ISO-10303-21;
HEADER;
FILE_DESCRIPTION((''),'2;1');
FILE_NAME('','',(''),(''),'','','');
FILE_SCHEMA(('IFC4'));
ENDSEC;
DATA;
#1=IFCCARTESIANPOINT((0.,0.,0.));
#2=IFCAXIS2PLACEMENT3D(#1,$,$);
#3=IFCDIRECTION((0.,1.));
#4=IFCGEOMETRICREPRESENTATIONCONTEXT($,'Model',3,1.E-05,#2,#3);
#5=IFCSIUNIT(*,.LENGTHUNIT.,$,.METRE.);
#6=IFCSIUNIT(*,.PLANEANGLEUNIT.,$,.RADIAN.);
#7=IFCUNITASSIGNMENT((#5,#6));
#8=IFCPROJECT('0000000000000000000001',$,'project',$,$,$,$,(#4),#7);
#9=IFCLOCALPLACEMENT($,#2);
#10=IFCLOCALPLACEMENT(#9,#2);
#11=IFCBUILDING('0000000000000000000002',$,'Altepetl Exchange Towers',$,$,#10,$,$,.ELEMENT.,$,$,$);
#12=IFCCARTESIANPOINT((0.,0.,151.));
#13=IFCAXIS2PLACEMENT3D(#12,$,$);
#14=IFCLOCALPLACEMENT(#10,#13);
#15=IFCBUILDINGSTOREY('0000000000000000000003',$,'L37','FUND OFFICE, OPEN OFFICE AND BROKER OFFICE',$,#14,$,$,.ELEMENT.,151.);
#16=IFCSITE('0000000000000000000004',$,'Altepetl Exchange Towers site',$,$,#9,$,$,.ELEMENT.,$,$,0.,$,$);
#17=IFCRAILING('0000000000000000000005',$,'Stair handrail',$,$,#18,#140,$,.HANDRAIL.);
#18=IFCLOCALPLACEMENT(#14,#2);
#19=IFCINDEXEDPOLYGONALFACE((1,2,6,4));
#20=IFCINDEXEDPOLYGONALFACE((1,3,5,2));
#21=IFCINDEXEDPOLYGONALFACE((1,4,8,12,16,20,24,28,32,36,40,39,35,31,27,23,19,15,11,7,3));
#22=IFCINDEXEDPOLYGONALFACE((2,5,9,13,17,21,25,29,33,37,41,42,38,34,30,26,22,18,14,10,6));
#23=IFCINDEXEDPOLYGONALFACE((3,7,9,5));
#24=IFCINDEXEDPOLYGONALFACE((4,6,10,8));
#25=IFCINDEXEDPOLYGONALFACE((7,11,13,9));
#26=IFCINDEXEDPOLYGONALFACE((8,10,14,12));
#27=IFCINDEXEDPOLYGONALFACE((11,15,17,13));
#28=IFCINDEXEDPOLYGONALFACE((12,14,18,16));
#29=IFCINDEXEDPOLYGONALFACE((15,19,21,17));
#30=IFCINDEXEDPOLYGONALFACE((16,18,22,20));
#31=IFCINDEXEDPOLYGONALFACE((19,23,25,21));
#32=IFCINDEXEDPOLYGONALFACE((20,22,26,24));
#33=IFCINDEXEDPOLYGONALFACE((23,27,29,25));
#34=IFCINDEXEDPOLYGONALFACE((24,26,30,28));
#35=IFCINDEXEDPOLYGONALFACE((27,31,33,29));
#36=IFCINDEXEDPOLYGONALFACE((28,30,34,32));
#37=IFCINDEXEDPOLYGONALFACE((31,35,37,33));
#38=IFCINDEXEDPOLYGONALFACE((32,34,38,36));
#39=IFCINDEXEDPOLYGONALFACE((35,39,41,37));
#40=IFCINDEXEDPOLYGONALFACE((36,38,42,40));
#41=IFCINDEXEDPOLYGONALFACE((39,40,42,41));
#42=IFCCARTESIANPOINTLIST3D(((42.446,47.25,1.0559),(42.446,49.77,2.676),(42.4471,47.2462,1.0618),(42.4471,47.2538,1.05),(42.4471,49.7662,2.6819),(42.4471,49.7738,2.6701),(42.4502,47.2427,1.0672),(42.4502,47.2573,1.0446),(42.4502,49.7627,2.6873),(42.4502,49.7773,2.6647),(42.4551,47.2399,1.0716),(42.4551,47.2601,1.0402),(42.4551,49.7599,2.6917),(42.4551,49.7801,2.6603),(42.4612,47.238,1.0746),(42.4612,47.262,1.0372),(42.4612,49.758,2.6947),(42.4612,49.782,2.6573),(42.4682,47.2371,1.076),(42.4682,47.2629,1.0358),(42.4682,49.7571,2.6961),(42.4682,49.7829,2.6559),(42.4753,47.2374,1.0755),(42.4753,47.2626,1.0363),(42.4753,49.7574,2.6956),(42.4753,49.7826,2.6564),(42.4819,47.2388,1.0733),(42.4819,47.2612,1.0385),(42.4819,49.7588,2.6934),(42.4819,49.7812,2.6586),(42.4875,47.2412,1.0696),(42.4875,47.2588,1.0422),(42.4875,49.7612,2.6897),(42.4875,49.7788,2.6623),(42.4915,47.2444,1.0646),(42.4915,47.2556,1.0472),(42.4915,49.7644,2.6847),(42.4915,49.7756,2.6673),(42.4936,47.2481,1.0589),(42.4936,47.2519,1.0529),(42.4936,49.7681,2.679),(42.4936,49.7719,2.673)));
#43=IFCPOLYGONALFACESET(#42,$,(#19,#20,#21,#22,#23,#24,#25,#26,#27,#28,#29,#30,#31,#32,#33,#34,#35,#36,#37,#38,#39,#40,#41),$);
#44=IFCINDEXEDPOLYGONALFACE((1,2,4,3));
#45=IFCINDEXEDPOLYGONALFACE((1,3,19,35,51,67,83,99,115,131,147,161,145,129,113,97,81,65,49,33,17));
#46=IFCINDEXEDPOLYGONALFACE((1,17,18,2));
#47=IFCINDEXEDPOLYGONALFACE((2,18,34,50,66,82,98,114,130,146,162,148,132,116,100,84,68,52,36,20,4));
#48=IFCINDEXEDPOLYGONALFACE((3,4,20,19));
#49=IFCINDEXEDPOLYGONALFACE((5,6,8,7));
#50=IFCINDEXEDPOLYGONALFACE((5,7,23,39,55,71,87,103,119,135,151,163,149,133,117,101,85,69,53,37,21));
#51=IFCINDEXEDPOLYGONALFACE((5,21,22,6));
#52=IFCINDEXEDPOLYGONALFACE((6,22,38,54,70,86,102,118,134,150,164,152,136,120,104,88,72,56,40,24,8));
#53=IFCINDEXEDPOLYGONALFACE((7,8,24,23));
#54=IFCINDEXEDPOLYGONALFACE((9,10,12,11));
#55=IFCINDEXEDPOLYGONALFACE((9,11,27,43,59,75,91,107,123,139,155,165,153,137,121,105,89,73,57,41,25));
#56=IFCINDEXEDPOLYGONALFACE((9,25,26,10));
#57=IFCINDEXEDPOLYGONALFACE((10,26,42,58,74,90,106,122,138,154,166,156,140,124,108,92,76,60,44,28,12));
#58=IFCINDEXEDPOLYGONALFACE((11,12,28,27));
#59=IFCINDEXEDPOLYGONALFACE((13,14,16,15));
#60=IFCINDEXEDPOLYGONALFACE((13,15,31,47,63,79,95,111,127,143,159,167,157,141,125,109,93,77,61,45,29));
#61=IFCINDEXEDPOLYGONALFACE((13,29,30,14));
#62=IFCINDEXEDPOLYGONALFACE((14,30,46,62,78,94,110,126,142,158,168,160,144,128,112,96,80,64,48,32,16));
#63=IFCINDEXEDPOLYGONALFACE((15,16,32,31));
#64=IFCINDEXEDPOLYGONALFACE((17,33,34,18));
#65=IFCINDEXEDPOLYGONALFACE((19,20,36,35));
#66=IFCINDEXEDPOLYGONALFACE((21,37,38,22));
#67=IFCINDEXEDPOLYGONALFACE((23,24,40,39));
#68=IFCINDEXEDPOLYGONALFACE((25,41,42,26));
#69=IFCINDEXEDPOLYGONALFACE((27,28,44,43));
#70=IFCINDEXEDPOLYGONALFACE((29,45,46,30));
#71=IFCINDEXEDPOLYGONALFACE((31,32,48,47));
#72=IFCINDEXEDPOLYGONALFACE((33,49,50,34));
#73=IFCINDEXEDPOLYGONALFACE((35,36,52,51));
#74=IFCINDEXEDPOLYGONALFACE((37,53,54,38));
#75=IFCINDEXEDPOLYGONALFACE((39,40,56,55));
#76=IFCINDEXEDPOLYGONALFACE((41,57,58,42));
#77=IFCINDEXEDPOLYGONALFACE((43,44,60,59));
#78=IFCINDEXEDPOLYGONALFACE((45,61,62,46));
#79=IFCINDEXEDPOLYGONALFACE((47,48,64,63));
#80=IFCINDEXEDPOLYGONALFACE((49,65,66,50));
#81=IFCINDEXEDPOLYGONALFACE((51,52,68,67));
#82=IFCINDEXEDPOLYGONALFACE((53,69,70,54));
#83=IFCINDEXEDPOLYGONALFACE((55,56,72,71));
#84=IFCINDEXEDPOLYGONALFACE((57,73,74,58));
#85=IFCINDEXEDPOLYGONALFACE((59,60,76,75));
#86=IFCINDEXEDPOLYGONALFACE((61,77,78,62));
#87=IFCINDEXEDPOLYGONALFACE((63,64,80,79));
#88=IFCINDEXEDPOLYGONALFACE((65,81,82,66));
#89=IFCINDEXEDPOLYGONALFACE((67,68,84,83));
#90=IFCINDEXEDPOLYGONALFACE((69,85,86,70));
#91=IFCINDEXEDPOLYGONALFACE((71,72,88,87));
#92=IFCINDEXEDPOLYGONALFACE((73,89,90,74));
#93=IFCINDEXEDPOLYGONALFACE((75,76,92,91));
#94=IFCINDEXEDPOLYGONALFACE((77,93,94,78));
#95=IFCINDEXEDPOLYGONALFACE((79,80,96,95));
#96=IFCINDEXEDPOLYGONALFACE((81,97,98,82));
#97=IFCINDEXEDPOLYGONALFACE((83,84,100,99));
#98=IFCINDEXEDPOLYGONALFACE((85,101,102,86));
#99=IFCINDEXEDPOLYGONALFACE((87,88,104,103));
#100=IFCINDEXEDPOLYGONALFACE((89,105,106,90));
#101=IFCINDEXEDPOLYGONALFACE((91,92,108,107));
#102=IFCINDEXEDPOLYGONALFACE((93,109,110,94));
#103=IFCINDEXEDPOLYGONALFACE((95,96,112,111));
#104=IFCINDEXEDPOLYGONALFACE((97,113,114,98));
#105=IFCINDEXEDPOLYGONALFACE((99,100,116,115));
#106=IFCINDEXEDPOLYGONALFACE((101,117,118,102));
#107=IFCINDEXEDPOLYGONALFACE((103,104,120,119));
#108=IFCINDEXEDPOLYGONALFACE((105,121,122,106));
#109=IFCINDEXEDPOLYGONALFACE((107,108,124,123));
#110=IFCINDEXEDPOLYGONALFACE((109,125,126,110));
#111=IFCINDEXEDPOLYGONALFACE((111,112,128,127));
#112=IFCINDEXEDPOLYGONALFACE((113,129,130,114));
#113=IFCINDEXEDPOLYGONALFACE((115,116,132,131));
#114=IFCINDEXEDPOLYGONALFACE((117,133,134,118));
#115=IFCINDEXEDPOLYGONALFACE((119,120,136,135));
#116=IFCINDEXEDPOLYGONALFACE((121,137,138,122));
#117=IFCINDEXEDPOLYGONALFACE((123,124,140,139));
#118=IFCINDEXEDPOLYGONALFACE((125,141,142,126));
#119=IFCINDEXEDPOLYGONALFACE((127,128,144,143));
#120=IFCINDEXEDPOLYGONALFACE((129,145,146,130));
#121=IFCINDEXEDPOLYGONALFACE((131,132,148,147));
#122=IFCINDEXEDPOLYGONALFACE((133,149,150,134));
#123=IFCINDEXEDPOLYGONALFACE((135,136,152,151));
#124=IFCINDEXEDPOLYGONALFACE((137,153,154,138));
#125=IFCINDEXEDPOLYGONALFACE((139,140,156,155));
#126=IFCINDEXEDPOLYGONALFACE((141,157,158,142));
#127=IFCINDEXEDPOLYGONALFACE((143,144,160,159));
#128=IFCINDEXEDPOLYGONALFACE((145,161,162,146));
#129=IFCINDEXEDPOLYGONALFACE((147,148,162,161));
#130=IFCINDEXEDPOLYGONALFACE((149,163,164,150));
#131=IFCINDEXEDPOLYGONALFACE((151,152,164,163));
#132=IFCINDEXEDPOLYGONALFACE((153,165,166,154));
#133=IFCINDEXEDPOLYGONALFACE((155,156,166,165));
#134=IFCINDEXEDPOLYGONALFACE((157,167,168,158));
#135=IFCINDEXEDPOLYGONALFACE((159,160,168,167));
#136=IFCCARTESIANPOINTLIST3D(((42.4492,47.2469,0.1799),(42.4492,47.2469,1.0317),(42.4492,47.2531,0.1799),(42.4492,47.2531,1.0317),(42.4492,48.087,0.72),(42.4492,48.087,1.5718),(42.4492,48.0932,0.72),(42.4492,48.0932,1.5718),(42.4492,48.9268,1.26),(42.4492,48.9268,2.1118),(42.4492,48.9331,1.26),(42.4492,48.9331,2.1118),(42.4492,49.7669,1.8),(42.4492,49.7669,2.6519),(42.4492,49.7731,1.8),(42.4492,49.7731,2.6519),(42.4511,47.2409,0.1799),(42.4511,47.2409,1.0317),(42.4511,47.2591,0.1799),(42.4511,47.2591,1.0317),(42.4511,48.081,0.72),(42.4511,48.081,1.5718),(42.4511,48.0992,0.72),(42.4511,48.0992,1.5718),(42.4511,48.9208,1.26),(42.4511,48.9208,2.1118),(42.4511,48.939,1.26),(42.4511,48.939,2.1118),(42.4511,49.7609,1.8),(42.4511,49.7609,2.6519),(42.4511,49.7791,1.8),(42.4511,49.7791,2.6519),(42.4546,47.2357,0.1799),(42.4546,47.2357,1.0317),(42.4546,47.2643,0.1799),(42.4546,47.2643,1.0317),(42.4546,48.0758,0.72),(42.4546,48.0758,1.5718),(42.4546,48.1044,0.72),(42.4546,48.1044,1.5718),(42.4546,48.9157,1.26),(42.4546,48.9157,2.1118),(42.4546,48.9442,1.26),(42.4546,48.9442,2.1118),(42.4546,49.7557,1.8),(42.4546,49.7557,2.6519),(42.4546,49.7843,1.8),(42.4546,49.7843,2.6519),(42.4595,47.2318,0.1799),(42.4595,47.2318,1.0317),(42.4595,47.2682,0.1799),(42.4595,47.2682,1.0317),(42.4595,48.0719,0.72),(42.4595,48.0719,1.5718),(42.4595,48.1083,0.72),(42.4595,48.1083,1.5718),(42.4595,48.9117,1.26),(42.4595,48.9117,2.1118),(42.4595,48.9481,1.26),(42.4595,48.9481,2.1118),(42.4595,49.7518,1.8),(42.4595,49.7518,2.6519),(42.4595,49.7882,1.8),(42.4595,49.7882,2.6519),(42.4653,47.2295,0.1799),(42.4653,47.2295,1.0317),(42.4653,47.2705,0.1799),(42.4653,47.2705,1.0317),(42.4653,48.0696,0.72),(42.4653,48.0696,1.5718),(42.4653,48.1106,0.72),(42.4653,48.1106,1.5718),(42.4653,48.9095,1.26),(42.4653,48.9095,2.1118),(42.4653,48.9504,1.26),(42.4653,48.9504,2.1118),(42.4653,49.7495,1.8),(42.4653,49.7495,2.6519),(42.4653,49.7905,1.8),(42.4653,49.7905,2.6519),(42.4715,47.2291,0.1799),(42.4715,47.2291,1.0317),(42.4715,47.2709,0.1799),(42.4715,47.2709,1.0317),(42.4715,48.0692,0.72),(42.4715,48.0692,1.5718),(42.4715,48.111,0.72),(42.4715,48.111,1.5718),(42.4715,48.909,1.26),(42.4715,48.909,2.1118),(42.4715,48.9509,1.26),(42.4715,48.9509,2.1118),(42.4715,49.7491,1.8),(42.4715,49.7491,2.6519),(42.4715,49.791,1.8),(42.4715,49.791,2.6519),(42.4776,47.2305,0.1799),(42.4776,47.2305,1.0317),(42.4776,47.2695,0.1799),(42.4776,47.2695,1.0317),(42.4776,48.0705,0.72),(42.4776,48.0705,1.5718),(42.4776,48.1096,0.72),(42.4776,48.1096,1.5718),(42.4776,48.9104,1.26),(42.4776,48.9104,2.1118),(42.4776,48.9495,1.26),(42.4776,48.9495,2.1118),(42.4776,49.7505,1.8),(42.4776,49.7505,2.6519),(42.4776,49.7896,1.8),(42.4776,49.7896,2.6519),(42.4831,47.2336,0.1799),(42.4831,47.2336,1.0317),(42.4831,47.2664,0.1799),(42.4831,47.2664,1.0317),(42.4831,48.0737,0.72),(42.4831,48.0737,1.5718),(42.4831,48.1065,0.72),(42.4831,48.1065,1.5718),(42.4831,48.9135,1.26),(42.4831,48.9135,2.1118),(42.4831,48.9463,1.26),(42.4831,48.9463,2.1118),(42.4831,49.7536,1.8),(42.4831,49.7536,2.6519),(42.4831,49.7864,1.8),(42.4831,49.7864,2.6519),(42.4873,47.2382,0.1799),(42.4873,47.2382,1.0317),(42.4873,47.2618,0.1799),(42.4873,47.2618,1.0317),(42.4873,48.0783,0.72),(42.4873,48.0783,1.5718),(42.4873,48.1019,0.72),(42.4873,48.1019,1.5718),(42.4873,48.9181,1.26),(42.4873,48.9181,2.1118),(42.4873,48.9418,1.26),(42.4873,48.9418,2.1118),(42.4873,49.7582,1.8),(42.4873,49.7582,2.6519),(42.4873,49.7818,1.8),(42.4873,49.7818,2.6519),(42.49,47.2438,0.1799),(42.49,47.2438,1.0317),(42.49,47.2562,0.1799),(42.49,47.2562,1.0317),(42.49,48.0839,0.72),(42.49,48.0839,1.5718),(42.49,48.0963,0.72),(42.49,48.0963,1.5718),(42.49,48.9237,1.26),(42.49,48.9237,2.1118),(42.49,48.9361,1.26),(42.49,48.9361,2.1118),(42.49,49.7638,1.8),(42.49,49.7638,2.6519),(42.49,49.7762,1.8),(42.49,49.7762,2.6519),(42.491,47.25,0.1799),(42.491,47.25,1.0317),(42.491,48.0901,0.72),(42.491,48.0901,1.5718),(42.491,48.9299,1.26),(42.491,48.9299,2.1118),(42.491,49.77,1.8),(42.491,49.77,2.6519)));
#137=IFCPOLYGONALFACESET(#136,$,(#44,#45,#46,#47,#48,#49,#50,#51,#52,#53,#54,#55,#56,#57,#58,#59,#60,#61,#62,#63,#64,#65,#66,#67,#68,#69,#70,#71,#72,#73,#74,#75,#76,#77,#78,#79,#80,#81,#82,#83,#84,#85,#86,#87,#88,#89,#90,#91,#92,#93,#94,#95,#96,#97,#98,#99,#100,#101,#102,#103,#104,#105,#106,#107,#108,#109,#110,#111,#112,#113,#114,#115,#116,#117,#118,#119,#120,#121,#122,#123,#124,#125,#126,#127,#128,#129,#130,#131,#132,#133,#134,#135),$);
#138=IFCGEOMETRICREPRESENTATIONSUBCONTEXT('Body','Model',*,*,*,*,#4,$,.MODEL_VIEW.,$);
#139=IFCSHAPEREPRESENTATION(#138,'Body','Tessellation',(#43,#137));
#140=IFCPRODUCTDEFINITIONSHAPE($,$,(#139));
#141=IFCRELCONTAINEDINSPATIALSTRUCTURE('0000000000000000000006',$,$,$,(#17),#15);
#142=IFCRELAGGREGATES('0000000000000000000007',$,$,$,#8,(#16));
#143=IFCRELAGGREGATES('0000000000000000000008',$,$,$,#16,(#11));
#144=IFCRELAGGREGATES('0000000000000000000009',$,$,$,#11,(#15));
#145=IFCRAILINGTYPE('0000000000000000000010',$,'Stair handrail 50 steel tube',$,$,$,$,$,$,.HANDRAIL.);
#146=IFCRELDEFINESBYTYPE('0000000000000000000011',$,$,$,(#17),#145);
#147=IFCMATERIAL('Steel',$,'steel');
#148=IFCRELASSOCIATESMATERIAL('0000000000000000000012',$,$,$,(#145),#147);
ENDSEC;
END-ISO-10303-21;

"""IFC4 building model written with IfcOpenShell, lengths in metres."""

from ifc_helpers import new_model, si_unit, direction, frame, origin, origin_2d, place, context, subcontext, project, spatial, circle, extrude, source, transform, mapped, material, type_object, element, save


model = new_model("IFC4")

# Units and contexts
model_context = context("Model", 3, precision=1e-05, world=origin(), true_north=direction((0.0, 1.0)))
body_context = subcontext(model_context, "Body", "Model", "MODEL_VIEW")
ifc_project = project(units=[si_unit("LENGTHUNIT", "METRE"), si_unit("PLANEANGLEUNIT", "RADIAN")], contexts=[model_context])

# Site, building, storey
site_placement = place(None, origin())
site = spatial("IfcSite", under=ifc_project, at=site_placement, Name="Altepetl Exchange Towers site", CompositionType="ELEMENT", RefElevation=0.0)
building_placement = place(site_placement, origin())
building = spatial("IfcBuilding", under=site, at=building_placement, Name="Altepetl Exchange Towers", CompositionType="ELEMENT")
storey_placement = place(building_placement, frame((0.0, 0.0, 151.0)))
storey = spatial("IfcBuildingStorey", under=building, at=storey_placement, Name="L37", Description="FUND OFFICE, OPEN OFFICE AND BROKER OFFICE", CompositionType="ELEMENT", Elevation=151.0)

# Railing
ifc_material_1 = material(Name="Steel", Category="steel")
railing_type = type_object("IfcRailingType", Name="Stair handrail 50 steel tube", PredefinedType="HANDRAIL", material=ifc_material_1)
shared_shape = source(origin(), body_context, "Body", "SweptSolid", [
    extrude(circle(Radius=0.021, at=origin_2d()), origin(), (0.0, 0.0, 1.0), 0.8518),
])
railing_1_placement = place(storey_placement, frame((42.47, 47.25, 0.1799)))
element("IfcRailing", 1, at=railing_1_placement, inside=storey, type_object=railing_type, Name="Stair handrail", PredefinedType="HANDRAIL", context=body_context, shape_type="SweptSolid", body=[
    extrude(circle(Radius=0.0239, at=origin_2d()), frame((0.0, 0.0, 0.876), z_axis=(0.0, 0.841163, 0.540782), x_axis=(-1.0, 0.0, 0.0)), (0.0, 0.0, 1.0), 2.9958),
    mapped(shared_shape, transform((0.0, 0.0, 0.0))),
    mapped(shared_shape, transform((0.0, 0.8401, 0.54))),
    mapped(shared_shape, transform((0.0, 1.6799, 1.0801))),
    mapped(shared_shape, transform((0.0, 2.52, 1.6201))),
])

save(model, "model.ifc")
